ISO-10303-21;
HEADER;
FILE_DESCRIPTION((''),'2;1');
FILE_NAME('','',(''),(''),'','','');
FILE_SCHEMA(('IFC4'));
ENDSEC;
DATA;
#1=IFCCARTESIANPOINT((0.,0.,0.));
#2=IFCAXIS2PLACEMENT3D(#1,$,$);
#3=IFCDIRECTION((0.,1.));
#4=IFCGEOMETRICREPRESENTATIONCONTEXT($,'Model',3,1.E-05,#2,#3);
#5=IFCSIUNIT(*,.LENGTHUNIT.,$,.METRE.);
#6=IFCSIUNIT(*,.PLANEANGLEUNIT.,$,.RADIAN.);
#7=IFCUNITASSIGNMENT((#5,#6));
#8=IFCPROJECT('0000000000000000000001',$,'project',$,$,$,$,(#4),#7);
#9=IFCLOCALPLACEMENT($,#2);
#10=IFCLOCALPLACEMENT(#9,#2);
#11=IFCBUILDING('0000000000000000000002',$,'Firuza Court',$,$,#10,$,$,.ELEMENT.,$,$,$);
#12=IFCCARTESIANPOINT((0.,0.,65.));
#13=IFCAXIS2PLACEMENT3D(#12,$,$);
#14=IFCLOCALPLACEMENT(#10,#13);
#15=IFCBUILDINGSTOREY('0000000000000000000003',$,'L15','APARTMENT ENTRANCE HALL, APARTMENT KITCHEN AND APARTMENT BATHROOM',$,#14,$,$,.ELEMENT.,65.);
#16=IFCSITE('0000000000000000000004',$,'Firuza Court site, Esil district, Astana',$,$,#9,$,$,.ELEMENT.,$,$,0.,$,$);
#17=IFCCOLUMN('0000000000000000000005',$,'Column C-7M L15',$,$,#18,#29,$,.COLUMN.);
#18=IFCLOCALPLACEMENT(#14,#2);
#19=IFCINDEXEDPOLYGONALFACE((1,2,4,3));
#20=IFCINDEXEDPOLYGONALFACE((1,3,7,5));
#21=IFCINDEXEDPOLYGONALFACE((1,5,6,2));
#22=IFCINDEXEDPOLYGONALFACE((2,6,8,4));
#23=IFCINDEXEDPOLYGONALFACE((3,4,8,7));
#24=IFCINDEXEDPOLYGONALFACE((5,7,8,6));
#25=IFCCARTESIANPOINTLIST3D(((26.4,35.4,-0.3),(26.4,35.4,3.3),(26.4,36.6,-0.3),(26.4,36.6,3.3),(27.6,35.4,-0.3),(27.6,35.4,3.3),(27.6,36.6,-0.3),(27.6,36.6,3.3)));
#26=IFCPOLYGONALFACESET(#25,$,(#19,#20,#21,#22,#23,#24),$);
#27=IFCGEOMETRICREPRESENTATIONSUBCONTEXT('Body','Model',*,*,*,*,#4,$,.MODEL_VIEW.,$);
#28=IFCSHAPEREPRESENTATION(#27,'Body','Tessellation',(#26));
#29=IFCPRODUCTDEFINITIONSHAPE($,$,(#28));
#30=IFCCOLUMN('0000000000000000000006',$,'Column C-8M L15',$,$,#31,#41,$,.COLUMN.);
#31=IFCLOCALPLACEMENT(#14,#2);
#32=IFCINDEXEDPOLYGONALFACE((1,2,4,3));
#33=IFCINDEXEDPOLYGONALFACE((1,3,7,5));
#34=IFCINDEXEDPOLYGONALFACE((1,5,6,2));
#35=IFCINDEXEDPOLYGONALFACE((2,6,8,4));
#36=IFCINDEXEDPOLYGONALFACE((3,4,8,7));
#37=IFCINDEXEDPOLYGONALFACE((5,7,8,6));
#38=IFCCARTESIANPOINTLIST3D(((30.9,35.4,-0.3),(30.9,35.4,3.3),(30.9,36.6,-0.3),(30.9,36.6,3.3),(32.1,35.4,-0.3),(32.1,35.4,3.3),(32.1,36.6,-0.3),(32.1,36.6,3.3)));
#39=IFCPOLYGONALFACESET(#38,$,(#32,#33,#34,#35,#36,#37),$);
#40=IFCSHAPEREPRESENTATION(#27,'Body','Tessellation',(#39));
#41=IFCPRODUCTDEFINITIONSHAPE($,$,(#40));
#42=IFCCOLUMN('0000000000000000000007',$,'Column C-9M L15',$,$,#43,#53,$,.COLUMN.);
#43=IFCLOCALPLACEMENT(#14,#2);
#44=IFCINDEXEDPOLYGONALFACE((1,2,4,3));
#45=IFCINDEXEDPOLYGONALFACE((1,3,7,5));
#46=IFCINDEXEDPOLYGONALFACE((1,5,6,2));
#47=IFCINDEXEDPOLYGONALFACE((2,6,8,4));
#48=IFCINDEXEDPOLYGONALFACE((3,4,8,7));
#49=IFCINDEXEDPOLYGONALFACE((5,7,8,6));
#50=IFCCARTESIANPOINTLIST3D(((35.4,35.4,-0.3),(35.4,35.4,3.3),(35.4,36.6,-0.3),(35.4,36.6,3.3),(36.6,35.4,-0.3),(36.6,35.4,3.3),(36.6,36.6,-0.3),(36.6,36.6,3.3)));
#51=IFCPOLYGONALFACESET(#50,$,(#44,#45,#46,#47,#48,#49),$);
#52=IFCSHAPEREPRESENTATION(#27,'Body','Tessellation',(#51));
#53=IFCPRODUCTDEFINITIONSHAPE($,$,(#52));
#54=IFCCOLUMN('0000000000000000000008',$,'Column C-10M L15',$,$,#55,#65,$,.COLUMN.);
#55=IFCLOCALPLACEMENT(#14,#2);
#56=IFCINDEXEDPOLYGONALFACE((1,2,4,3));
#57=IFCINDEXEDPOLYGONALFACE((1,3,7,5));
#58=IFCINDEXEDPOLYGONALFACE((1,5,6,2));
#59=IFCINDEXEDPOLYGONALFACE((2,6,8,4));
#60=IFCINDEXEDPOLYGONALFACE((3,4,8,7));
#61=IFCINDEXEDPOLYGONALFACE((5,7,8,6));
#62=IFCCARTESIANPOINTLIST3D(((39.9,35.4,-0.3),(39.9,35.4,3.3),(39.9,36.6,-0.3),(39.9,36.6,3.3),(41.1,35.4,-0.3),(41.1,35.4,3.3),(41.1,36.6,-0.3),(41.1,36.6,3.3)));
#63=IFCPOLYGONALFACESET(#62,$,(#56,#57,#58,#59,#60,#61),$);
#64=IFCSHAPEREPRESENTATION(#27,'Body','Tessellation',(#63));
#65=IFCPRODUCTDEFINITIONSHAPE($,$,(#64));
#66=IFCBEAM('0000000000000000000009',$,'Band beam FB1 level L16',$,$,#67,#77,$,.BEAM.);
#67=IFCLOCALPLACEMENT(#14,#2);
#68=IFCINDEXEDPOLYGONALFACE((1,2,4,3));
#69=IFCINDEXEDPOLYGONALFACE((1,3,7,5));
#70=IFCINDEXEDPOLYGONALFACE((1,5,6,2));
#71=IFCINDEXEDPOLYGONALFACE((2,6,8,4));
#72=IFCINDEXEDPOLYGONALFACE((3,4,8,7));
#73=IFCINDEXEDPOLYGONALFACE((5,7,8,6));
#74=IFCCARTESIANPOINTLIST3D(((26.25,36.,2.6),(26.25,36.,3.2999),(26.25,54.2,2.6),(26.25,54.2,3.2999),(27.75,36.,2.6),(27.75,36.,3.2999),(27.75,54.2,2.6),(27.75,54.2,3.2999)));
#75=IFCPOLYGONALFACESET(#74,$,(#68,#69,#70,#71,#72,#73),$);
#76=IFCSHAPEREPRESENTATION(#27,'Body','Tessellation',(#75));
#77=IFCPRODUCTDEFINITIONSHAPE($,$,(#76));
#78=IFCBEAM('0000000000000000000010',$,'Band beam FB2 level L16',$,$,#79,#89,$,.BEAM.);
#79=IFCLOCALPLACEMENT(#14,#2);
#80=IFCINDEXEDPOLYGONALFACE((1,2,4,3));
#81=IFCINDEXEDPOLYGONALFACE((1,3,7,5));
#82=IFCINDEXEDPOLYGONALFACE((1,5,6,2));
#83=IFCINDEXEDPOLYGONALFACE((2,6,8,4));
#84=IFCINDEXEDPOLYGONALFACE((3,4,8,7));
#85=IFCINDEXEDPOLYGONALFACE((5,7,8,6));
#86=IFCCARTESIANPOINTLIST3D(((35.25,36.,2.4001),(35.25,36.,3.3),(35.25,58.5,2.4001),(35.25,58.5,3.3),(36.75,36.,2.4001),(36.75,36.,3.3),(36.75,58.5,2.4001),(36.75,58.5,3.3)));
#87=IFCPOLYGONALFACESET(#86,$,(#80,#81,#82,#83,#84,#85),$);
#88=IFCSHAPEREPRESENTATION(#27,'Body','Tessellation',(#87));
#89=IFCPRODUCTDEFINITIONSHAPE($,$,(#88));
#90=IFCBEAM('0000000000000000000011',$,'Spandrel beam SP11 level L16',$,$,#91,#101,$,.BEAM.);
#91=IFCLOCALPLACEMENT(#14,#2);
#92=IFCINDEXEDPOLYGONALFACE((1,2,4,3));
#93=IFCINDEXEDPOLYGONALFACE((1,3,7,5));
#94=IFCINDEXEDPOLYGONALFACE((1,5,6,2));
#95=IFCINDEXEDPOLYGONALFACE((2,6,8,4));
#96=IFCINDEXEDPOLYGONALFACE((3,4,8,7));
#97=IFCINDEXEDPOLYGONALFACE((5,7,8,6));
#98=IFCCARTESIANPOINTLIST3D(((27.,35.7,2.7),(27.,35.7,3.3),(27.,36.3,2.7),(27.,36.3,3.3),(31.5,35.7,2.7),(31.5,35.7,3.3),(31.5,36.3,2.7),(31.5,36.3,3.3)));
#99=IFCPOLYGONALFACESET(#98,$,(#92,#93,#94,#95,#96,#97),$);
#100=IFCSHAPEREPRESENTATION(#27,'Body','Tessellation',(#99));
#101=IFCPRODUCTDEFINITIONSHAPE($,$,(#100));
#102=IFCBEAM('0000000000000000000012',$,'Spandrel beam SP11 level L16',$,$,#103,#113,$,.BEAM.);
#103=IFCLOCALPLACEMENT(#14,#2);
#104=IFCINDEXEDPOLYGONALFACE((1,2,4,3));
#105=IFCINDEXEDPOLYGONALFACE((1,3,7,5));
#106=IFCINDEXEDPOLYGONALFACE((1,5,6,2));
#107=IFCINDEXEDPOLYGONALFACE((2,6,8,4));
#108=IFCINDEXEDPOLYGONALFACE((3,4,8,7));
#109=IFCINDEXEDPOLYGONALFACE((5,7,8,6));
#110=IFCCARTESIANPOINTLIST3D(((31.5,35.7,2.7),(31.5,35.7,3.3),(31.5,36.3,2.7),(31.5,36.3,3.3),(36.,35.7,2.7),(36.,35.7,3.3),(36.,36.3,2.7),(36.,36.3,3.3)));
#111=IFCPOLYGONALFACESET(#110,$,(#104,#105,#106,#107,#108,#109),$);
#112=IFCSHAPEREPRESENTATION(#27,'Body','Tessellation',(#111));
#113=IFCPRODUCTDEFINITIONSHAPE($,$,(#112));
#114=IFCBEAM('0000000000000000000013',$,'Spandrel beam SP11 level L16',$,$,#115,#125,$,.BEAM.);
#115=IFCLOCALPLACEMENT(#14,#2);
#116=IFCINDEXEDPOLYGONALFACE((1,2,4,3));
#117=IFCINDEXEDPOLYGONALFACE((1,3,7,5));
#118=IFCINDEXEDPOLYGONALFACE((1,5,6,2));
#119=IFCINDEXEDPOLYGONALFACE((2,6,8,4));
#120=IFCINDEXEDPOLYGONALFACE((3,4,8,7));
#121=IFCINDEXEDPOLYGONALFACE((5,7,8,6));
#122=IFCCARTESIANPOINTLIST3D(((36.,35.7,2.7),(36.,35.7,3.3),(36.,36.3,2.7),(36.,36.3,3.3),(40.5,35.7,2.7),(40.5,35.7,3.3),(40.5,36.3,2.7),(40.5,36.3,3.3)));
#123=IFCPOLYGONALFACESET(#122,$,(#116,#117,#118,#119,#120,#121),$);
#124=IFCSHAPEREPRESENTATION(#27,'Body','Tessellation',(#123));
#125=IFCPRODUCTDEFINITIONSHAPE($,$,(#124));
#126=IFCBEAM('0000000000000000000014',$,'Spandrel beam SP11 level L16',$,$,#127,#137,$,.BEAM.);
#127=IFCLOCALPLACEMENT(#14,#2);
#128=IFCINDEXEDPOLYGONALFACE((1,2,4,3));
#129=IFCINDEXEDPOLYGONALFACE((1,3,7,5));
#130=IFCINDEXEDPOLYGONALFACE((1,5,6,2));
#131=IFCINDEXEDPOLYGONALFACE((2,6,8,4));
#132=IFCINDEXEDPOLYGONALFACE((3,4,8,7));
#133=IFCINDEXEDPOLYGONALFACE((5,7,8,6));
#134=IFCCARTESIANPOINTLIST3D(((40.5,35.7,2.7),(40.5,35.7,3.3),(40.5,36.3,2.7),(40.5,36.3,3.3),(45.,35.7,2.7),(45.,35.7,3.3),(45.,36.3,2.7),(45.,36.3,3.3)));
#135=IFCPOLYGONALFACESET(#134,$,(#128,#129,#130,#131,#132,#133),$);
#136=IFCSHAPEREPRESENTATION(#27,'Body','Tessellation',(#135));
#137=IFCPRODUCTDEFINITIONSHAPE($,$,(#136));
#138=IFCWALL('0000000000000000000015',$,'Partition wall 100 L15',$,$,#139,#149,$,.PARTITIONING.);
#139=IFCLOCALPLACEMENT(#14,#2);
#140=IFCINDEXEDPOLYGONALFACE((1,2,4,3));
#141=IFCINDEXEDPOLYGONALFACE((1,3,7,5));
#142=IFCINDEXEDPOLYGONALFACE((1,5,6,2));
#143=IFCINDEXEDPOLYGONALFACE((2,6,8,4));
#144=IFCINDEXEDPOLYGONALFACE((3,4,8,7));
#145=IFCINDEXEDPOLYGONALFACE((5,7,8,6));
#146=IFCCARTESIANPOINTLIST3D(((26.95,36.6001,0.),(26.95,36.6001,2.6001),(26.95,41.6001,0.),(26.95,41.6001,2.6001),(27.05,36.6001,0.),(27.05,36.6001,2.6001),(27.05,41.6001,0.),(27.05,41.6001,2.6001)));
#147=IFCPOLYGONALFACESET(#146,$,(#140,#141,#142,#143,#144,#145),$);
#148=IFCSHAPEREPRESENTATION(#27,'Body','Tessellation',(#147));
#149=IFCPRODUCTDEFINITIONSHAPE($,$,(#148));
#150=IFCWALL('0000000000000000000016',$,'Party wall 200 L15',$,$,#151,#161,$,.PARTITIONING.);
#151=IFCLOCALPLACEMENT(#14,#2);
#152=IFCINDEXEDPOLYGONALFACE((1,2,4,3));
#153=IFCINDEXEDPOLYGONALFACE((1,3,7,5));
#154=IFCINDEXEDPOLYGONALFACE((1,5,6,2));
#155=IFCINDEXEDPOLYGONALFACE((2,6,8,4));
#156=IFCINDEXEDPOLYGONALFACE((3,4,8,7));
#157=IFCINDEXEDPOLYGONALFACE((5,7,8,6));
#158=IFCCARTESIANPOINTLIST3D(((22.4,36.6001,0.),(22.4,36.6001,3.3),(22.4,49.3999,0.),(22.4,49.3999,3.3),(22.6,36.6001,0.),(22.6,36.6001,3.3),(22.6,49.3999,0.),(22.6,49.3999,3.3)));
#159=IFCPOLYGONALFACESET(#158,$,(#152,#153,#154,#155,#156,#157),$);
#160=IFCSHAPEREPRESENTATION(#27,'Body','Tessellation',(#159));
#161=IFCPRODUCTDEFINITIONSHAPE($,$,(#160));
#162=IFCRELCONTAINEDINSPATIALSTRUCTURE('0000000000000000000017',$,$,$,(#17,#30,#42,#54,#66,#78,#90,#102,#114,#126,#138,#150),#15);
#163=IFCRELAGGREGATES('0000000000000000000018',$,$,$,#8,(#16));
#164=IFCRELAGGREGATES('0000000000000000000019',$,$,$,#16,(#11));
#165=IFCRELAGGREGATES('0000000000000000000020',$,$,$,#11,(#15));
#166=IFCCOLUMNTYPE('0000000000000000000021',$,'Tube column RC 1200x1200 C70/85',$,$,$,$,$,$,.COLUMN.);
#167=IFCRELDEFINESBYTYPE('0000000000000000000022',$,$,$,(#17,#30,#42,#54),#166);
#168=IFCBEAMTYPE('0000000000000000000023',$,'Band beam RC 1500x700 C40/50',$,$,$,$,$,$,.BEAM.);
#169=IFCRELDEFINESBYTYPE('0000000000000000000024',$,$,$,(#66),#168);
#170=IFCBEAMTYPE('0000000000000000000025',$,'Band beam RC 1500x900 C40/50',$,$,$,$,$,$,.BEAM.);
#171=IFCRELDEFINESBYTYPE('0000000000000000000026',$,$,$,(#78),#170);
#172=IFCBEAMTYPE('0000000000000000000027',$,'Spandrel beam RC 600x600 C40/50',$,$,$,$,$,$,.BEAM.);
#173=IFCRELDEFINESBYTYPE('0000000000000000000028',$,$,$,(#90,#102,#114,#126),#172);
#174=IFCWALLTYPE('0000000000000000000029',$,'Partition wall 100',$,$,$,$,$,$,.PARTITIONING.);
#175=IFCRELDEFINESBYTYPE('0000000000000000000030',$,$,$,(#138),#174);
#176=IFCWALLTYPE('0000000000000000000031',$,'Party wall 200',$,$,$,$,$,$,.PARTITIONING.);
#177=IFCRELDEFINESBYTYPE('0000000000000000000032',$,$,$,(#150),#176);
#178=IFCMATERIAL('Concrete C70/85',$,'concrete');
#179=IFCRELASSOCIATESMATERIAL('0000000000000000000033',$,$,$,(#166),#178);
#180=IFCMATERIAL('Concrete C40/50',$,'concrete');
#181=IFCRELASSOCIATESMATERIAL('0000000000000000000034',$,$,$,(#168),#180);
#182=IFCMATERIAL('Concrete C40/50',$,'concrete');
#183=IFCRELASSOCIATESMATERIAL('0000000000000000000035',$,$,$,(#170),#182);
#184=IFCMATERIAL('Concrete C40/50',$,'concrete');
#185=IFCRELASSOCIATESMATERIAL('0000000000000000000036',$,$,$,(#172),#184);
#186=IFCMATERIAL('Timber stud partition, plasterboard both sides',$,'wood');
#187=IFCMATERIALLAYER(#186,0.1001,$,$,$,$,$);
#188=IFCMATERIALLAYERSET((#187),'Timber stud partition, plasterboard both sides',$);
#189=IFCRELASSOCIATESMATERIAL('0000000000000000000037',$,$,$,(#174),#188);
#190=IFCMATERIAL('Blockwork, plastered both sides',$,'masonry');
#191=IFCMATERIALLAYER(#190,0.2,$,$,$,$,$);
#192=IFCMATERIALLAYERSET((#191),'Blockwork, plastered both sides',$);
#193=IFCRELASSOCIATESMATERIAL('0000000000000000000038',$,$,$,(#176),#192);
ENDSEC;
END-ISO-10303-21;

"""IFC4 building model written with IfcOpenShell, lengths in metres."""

from ifc_helpers import new_model, si_unit, direction, frame, frame_2d, origin, origin_2d, place, context, subcontext, project, spatial, rectangle, extrude, material, layer, layer_set, material_profile, profile_set, type_object, element, save


model = new_model("IFC4")

# Units and contexts
model_context = context("Model", 3, precision=1e-05, world=origin(), true_north=direction((0.0, 1.0)))
body_context = subcontext(model_context, "Body", "Model", "MODEL_VIEW")
ifc_project = project(units=[si_unit("LENGTHUNIT", "METRE"), si_unit("PLANEANGLEUNIT", "RADIAN")], contexts=[model_context])

# Site, building, storey
site_placement = place(None, origin())
site = spatial("IfcSite", under=ifc_project, at=site_placement, Name="Firuza Court site, Esil district, Astana", CompositionType="ELEMENT", RefElevation=0.0)
building_placement = place(site_placement, origin())
building = spatial("IfcBuilding", under=site, at=building_placement, Name="Firuza Court", CompositionType="ELEMENT")
storey_placement = place(building_placement, frame((0.0, 0.0, 65.0)))
storey = spatial("IfcBuildingStorey", under=building, at=storey_placement, Name="L15", Description="APARTMENT ENTRANCE HALL, APARTMENT KITCHEN AND APARTMENT BATHROOM", CompositionType="ELEMENT", Elevation=65.0)

# Columns
ifc_material_1 = material(Name="Concrete C70/85", Category="concrete")
ifc_material_profile_1 = material_profile(ifc_material_1, rectangle(XDim=1.2, YDim=1.2, at=origin_2d()), Name="RC 1200x1200")
ifc_profile_set_1 = profile_set([ifc_material_profile_1], Name="Concrete C70/85")
column_type = type_object("IfcColumnType", Name="Tube column RC 1200x1200 C70/85", PredefinedType="COLUMN", material=ifc_profile_set_1)
for number, where, z_axis, x_axis, name in (
    (1, (27.0, 36.0, -0.3), (0.0, 0.0, 1.0), (1.0, 0.0, 0.0), "Column C-7M L15"),
    (2, (31.5, 36.0, -0.3), (0.0, 0.0, 1.0), (1.0, 0.0, 0.0), "Column C-8M L15"),
    (3, (36.0, 36.0, -0.3), (0.0, 0.0, 1.0), (1.0, 0.0, 0.0), "Column C-9M L15"),
    (4, (40.5, 36.0, -0.3), (0.0, 0.0, 1.0), (1.0, 0.0, 0.0), "Column C-10M L15"),
):
    element("IfcColumn", number, at=place(storey_placement, frame(where, z_axis=z_axis, x_axis=x_axis)), inside=storey, type_object=column_type, Name=name, PredefinedType="COLUMN", context=body_context, shape_type="SweptSolid", body=[
        extrude(rectangle(XDim=1.2, YDim=1.2, at=origin_2d()), origin(), (0.0, 0.0, 1.0), 3.6001),
    ])

# Beams
ifc_material_2 = material(Name="Concrete C40/50", Category="concrete")
ifc_material_profile_2 = material_profile(ifc_material_2, rectangle(XDim=1.5, YDim=0.7, at=origin_2d()), Name="RC 1500x700")
ifc_profile_set_2 = profile_set([ifc_material_profile_2], Name="Concrete C40/50")
beam_type_1 = type_object("IfcBeamType", Name="Band beam RC 1500x700 C40/50", PredefinedType="BEAM", material=ifc_profile_set_2)
beam_1_placement = place(storey_placement, frame((27.0, 36.0, 2.95), z_axis=(0.0, 1.0, 0.0), x_axis=(-1.0, 0.0, 0.0)))
element("IfcBeam", 5, at=beam_1_placement, inside=storey, type_object=beam_type_1, Name="Band beam FB1 level L16", PredefinedType="BEAM", context=body_context, shape_type="SweptSolid", body=[
    extrude(rectangle(XDim=1.5, YDim=0.7, at=origin_2d()), origin(), (0.0, 0.0, 1.0), 18.2),
])
ifc_material_3 = material(Name="Concrete C40/50", Category="concrete")
ifc_material_profile_3 = material_profile(ifc_material_3, rectangle(XDim=1.5, YDim=0.8999, at=origin_2d()), Name="RC 1500x900")
ifc_profile_set_3 = profile_set([ifc_material_profile_3], Name="Concrete C40/50")
beam_type_2 = type_object("IfcBeamType", Name="Band beam RC 1500x900 C40/50", PredefinedType="BEAM", material=ifc_profile_set_3)
beam_2_placement = place(storey_placement, frame((36.0, 36.0, 2.8501), z_axis=(0.0, 1.0, 0.0), x_axis=(-1.0, 0.0, 0.0)))
element("IfcBeam", 6, at=beam_2_placement, inside=storey, type_object=beam_type_2, Name="Band beam FB2 level L16", PredefinedType="BEAM", context=body_context, shape_type="SweptSolid", body=[
    extrude(rectangle(XDim=1.5, YDim=0.8999, at=origin_2d()), origin(), (0.0, 0.0, 1.0), 22.5),
])
ifc_material_4 = material(Name="Concrete C40/50", Category="concrete")
ifc_material_profile_4 = material_profile(ifc_material_4, rectangle(XDim=0.6001, YDim=0.6001, at=origin_2d()), Name="RC 600x600")
ifc_profile_set_4 = profile_set([ifc_material_profile_4], Name="Concrete C40/50")
beam_type_3 = type_object("IfcBeamType", Name="Spandrel beam RC 600x600 C40/50", PredefinedType="BEAM", material=ifc_profile_set_4)
for number, where, z_axis, x_axis, name in (
    (7, (27.0, 36.0, 3.0), (1.0, 0.0, 0.0), (0.0, 1.0, 0.0), "Spandrel beam SP11 level L16"),
    (8, (31.5, 36.0, 3.0), (1.0, 0.0, 0.0), (0.0, 1.0, 0.0), "Spandrel beam SP11 level L16"),
    (9, (36.0, 36.0, 3.0), (1.0, 0.0, 0.0), (0.0, 1.0, 0.0), "Spandrel beam SP11 level L16"),
    (10, (40.5, 36.0, 3.0), (1.0, 0.0, 0.0), (0.0, 1.0, 0.0), "Spandrel beam SP11 level L16"),
):
    element("IfcBeam", number, at=place(storey_placement, frame(where, z_axis=z_axis, x_axis=x_axis)), inside=storey, type_object=beam_type_3, Name=name, PredefinedType="BEAM", context=body_context, shape_type="SweptSolid", body=[
        extrude(rectangle(XDim=0.6001, YDim=0.6001, at=origin_2d()), origin(), (0.0, 0.0, 1.0), 4.5),
    ])

# Walls
ifc_material_5 = material(Name="Timber stud partition, plasterboard both sides", Category="wood")
ifc_layer_1 = layer(ifc_material_5, 0.1001)
ifc_layer_set_1 = layer_set([ifc_layer_1], Name="Timber stud partition, plasterboard both sides")
wall_type_1 = type_object("IfcWallType", Name="Partition wall 100", PredefinedType="PARTITIONING", material=ifc_layer_set_1)
wall_1_placement = place(storey_placement, frame((27.0, 36.6001, 0.0), z_axis=(0.0, 0.0, 1.0), x_axis=(0.0, 1.0, 0.0)))
element("IfcWall", 11, at=wall_1_placement, inside=storey, type_object=wall_type_1, Name="Partition wall 100 L15", PredefinedType="PARTITIONING", context=body_context, shape_type="SweptSolid", body=[
    extrude(rectangle(XDim=5.0, YDim=0.1001, at=frame_2d((2.5, 0.0))), origin(), (0.0, 0.0, 1.0), 2.6001),
])
ifc_material_6 = material(Name="Blockwork, plastered both sides", Category="masonry")
ifc_layer_2 = layer(ifc_material_6, 0.2)
ifc_layer_set_2 = layer_set([ifc_layer_2], Name="Blockwork, plastered both sides")
wall_type_2 = type_object("IfcWallType", Name="Party wall 200", PredefinedType="PARTITIONING", material=ifc_layer_set_2)
wall_2_placement = place(storey_placement, frame((22.5, 36.6001, 0.0), z_axis=(0.0, 0.0, 1.0), x_axis=(0.0, 1.0, 0.0)))
element("IfcWall", 12, at=wall_2_placement, inside=storey, type_object=wall_type_2, Name="Party wall 200 L15", PredefinedType="PARTITIONING", context=body_context, shape_type="SweptSolid", body=[
    extrude(rectangle(XDim=12.7998, YDim=0.2, at=frame_2d((6.3999, 0.0))), origin(), (0.0, 0.0, 1.0), 3.3),
])

save(model, "model.ifc")
